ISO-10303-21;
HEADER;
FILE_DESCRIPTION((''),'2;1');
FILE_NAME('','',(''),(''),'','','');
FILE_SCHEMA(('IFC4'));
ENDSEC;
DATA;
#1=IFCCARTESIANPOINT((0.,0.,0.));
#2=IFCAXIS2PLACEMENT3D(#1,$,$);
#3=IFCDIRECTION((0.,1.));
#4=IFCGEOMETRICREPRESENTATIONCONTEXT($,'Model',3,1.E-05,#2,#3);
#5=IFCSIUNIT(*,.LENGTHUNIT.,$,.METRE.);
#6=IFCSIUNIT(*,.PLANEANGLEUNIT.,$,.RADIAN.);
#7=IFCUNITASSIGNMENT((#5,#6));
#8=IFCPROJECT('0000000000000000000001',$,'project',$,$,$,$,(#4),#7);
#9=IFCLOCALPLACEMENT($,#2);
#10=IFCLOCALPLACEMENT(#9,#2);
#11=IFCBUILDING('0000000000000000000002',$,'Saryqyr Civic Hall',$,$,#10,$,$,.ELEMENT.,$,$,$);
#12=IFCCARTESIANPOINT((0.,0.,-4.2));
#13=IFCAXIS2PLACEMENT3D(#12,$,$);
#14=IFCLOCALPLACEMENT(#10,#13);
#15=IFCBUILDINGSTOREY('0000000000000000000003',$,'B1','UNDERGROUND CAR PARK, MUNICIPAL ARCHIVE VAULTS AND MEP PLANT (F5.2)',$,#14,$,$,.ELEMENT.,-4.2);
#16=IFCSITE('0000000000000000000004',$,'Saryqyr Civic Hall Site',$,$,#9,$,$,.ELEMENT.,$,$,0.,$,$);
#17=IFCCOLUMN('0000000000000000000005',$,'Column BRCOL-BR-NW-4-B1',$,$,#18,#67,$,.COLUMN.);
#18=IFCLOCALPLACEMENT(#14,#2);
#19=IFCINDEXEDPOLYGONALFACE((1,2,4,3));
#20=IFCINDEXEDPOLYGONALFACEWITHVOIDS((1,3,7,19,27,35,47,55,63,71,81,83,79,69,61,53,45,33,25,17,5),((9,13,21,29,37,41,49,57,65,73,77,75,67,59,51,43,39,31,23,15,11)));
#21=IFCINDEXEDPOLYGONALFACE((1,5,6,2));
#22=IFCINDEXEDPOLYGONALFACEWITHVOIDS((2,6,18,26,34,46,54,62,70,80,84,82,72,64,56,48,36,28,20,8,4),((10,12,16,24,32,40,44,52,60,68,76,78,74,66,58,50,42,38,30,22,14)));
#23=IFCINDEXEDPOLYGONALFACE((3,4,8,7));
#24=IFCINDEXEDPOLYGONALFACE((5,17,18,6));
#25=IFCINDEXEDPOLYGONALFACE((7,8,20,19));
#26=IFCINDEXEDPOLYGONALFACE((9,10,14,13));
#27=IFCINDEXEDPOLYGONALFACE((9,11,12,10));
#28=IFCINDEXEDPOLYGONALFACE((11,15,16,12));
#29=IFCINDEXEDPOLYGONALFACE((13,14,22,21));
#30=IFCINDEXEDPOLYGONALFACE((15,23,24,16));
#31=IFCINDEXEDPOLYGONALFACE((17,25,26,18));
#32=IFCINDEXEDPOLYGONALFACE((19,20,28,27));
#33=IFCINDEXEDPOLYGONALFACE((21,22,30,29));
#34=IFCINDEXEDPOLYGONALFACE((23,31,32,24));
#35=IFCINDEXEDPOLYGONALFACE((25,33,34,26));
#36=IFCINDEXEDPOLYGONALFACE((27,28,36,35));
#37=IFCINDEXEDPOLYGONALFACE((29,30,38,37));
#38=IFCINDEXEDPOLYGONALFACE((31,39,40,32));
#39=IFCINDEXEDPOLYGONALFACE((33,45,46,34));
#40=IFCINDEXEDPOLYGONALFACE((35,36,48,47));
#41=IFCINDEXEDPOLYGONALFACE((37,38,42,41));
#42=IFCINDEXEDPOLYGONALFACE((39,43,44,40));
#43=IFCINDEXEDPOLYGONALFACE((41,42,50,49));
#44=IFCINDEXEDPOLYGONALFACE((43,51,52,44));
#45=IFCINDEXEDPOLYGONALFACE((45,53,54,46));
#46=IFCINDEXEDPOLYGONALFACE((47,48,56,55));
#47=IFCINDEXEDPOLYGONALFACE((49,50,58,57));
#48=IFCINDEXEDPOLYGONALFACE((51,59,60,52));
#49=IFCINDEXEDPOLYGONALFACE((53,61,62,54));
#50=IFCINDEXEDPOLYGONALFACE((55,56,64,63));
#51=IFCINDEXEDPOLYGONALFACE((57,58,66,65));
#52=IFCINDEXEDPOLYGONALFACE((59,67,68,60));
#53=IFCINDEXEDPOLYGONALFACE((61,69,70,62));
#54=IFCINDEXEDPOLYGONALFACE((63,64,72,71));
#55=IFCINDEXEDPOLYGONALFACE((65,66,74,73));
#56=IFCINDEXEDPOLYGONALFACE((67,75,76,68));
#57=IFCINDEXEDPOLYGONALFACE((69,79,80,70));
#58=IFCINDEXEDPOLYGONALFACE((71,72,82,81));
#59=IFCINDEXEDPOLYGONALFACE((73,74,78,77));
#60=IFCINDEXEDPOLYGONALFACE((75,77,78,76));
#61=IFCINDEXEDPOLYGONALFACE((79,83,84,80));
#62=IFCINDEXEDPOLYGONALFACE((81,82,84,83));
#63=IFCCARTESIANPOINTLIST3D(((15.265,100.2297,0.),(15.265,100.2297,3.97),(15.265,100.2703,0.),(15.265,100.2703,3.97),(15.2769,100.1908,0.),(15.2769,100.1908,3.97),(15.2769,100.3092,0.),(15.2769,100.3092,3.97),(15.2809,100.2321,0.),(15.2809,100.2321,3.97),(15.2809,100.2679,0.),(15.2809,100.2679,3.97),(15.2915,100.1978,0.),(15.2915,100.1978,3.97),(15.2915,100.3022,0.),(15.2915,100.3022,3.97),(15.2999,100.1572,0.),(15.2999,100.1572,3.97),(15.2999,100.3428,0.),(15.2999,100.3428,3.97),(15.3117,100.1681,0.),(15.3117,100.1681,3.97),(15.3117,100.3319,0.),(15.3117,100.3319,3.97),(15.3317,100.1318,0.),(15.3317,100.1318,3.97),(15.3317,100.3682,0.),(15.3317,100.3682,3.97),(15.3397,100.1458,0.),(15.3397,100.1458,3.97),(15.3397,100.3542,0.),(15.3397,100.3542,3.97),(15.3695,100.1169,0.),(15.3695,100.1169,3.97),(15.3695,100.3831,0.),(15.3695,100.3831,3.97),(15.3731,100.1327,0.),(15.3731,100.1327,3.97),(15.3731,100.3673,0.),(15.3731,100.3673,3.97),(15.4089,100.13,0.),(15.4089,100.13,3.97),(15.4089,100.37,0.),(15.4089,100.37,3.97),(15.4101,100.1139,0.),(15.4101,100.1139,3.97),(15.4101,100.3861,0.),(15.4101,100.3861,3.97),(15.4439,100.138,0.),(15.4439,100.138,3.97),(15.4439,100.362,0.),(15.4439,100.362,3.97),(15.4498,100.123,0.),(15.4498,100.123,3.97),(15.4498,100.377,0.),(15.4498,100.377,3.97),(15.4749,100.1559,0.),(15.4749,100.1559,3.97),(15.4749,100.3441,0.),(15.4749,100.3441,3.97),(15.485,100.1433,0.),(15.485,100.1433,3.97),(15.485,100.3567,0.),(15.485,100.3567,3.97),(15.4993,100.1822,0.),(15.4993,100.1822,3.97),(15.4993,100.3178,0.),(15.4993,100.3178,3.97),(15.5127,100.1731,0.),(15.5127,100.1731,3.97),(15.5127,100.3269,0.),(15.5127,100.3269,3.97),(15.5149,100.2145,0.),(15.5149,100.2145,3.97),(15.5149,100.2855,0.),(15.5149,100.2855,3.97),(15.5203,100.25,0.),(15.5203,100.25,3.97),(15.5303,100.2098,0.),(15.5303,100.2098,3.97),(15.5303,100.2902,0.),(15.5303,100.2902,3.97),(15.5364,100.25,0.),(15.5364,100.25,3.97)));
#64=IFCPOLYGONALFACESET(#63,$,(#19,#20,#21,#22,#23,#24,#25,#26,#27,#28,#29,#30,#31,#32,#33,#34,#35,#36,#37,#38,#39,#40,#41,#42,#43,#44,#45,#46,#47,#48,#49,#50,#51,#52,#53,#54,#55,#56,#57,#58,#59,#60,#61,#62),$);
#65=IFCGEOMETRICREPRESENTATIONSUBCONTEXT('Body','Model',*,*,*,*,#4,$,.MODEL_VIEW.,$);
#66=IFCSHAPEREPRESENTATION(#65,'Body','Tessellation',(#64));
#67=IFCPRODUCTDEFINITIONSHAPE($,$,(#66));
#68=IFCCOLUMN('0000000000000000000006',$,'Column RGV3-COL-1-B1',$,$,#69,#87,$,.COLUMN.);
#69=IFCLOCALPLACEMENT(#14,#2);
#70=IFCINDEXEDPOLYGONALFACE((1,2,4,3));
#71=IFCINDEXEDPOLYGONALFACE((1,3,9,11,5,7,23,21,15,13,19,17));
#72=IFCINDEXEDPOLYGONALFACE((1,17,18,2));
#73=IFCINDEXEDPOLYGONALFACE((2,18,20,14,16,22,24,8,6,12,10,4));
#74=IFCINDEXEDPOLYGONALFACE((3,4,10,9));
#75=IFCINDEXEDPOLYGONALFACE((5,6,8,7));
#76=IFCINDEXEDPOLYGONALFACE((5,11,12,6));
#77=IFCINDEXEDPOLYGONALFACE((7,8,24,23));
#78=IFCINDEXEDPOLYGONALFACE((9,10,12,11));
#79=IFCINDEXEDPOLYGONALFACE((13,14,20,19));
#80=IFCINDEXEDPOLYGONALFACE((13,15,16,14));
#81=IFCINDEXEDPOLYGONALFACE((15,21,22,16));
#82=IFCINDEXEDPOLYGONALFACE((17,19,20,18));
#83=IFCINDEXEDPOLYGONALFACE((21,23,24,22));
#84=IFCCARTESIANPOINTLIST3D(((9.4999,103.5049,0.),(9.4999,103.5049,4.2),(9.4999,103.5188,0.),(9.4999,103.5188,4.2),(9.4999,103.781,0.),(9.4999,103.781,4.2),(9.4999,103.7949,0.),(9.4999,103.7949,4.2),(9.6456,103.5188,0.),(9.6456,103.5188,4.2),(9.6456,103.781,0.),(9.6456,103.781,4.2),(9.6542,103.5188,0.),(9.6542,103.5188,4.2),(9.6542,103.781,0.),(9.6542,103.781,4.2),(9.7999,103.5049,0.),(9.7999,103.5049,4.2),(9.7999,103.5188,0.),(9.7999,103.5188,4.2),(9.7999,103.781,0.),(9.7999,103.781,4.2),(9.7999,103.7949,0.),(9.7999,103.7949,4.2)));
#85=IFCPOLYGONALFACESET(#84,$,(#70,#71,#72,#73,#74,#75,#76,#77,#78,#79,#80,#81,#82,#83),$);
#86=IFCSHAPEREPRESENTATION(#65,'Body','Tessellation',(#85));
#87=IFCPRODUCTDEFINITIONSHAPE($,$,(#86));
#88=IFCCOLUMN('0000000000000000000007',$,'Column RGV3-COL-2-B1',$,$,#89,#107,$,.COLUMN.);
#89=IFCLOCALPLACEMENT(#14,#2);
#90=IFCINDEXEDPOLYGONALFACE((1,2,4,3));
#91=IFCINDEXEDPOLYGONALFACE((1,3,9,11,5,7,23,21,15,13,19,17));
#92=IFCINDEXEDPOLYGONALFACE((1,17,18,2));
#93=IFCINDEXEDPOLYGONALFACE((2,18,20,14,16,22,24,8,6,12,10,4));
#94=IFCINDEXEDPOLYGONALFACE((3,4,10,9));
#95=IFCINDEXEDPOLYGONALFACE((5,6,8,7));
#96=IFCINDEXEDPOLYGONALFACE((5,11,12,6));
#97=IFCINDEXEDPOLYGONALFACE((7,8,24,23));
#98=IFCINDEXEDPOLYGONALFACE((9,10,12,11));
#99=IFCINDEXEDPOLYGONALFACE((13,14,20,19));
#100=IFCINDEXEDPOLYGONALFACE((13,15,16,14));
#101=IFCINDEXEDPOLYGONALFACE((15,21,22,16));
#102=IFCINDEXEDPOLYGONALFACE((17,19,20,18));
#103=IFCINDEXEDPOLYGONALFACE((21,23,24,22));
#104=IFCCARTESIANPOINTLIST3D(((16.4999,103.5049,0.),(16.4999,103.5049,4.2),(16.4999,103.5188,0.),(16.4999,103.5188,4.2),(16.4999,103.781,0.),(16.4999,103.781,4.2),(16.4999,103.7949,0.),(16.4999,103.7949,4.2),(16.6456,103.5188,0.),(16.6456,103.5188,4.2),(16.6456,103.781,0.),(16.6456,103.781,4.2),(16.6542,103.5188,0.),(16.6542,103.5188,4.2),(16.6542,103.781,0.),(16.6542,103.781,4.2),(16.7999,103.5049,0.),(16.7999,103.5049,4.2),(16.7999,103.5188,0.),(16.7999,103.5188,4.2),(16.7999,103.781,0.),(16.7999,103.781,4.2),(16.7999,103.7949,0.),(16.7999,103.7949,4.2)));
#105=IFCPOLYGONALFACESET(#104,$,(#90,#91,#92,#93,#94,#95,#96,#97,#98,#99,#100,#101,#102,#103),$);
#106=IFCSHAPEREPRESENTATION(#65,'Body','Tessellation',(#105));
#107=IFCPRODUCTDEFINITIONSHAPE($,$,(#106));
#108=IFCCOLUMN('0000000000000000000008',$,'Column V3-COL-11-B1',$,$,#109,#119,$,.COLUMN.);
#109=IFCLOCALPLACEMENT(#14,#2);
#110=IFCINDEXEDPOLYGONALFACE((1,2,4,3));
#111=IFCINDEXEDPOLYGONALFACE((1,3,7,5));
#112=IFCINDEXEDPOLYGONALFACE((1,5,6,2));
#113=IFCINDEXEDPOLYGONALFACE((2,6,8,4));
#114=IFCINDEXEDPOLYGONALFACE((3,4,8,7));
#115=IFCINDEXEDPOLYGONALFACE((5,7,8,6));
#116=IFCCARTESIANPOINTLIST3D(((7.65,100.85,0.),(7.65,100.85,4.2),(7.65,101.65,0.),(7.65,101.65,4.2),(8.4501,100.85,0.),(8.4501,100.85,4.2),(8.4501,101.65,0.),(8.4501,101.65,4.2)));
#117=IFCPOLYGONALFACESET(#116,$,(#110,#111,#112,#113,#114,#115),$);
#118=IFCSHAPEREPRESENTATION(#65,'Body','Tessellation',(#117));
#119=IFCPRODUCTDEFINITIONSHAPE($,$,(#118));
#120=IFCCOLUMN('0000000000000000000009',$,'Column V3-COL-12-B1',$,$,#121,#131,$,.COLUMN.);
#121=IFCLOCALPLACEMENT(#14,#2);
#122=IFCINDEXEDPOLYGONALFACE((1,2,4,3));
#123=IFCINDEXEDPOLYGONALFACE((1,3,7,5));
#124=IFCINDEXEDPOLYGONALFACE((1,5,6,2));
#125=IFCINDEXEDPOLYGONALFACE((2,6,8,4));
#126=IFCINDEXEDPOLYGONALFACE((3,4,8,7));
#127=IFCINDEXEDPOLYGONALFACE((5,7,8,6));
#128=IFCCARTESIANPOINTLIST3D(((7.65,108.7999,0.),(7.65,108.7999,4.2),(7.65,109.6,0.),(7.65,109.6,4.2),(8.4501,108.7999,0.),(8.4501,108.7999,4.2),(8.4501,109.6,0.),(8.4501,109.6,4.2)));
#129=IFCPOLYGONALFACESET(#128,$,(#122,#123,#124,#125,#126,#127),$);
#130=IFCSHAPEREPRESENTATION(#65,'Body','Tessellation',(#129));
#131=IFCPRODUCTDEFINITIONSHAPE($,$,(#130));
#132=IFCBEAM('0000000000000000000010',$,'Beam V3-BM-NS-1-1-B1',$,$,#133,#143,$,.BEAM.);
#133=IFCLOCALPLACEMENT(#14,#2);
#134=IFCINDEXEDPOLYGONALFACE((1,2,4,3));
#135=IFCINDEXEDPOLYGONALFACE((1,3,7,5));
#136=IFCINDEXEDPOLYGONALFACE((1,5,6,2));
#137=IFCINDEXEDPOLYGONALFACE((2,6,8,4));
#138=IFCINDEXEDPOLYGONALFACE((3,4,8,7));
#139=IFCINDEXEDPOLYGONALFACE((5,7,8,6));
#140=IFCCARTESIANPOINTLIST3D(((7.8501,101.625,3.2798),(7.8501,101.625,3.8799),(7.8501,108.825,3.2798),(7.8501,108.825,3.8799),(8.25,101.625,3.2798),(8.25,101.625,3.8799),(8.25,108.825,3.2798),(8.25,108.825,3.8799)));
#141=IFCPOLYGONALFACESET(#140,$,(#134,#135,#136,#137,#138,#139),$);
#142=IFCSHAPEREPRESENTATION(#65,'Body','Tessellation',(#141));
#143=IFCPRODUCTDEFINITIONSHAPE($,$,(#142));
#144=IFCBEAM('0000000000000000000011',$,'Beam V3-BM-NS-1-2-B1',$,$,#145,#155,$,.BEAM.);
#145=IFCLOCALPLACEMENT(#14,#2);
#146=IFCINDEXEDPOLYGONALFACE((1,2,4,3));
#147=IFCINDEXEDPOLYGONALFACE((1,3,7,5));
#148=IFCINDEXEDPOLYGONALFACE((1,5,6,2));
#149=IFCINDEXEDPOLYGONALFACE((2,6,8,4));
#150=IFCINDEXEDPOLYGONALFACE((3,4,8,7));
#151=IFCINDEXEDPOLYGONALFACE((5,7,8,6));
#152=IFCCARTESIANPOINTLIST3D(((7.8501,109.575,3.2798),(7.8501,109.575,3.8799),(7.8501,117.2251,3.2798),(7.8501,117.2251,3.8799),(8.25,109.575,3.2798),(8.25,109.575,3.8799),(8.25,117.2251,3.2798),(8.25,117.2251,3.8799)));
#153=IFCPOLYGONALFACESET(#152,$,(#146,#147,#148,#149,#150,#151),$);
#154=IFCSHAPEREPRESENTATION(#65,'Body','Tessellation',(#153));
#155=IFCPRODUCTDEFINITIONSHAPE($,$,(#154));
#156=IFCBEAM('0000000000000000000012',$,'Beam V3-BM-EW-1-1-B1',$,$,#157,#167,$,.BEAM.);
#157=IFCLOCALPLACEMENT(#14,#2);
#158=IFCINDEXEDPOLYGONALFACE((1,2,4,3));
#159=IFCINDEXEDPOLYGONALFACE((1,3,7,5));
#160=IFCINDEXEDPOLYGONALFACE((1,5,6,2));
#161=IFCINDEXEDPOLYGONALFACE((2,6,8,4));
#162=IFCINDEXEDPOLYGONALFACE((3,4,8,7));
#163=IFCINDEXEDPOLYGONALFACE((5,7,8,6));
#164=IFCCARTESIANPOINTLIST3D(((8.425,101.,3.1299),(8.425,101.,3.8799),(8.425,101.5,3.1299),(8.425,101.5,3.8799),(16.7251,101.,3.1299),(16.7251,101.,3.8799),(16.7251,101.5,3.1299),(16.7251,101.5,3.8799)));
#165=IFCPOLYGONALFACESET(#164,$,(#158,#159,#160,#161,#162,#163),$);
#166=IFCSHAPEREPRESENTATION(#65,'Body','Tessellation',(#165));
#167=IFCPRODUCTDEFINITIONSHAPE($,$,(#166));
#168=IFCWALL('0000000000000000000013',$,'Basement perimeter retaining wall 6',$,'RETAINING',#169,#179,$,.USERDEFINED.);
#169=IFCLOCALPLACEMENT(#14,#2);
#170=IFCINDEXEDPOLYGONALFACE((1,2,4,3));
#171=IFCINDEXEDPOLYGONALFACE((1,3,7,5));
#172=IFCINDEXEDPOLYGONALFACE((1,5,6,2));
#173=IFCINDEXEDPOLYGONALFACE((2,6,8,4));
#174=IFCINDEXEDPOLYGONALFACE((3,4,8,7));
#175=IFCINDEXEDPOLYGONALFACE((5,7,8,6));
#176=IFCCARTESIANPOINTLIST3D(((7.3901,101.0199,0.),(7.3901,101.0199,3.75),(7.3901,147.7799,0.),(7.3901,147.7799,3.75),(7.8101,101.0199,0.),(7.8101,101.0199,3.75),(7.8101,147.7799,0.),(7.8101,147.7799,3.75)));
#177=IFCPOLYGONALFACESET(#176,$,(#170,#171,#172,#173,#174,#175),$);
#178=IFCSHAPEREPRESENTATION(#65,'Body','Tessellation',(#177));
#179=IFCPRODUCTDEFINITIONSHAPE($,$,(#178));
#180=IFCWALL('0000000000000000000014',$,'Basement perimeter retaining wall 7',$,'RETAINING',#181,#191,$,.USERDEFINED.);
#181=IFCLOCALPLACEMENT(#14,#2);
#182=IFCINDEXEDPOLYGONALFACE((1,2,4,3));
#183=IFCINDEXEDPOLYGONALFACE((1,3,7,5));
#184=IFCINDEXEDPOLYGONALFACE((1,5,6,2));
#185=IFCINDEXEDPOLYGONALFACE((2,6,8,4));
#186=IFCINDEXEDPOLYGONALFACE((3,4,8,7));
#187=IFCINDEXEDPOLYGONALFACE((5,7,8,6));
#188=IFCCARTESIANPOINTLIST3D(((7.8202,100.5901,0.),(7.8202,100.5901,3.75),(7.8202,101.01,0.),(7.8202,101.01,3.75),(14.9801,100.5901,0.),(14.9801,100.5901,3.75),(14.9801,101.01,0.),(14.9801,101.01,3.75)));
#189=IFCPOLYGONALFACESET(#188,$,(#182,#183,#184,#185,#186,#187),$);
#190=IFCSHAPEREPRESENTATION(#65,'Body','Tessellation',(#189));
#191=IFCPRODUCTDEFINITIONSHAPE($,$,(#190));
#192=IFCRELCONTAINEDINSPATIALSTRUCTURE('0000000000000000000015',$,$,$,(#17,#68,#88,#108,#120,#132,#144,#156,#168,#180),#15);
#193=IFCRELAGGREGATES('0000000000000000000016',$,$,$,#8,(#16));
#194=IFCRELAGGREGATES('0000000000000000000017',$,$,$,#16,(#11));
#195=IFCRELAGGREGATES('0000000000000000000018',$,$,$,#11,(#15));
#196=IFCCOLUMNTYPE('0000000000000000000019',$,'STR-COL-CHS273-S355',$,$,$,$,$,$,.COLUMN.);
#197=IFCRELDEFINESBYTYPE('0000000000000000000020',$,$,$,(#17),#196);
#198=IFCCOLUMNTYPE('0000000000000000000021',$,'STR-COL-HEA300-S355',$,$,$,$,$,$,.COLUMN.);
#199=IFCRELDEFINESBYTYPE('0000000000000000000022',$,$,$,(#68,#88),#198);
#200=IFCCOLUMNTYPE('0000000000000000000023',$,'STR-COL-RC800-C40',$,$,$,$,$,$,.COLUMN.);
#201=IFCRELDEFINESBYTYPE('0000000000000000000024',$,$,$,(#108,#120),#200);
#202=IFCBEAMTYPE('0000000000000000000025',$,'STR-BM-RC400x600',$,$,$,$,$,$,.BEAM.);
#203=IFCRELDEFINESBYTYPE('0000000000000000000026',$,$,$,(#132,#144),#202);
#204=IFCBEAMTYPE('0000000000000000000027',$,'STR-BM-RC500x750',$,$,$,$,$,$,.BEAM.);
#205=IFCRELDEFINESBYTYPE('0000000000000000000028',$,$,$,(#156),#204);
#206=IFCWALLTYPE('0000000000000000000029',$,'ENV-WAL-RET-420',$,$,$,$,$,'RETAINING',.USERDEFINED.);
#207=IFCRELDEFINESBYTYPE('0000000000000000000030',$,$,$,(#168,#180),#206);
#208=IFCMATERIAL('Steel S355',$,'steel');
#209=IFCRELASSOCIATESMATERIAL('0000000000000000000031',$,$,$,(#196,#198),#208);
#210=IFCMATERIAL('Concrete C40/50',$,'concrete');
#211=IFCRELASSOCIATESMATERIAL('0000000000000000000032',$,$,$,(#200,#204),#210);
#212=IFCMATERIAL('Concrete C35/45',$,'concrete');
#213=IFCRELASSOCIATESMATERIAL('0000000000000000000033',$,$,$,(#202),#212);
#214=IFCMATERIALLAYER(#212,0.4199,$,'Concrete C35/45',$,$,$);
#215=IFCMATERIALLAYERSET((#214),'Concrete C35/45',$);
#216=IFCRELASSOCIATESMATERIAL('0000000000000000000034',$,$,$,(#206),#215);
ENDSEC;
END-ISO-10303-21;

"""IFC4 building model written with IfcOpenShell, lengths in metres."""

from ifc_helpers import new_model, si_unit, direction, frame, frame_2d, origin, origin_2d, place, context, subcontext, project, spatial, rectangle, hollow_circle, i_section, extrude, material, layer, layer_set, material_profile, profile_set, type_object, element, save


model = new_model("IFC4")

# Units and contexts
model_context = context("Model", 3, precision=1e-05, world=origin(), true_north=direction((0.0, 1.0)))
body_context = subcontext(model_context, "Body", "Model", "MODEL_VIEW")
ifc_project = project(units=[si_unit("LENGTHUNIT", "METRE"), si_unit("PLANEANGLEUNIT", "RADIAN")], contexts=[model_context])

# Site, building, storey
site_placement = place(None, origin())
site = spatial("IfcSite", under=ifc_project, at=site_placement, Name="Saryqyr Civic Hall Site", CompositionType="ELEMENT", RefElevation=0.0)
building_placement = place(site_placement, origin())
building = spatial("IfcBuilding", under=site, at=building_placement, Name="Saryqyr Civic Hall", CompositionType="ELEMENT")
storey_placement = place(building_placement, frame((0.0, 0.0, -4.2)))
storey = spatial("IfcBuildingStorey", under=building, at=storey_placement, Name="B1", Description="UNDERGROUND CAR PARK, MUNICIPAL ARCHIVE VAULTS AND MEP PLANT (F5.2)", CompositionType="ELEMENT", Elevation=-4.2)

# Shared definitions
ifc_material_1 = material(Name="Concrete C35/45", Category="concrete")

# Columns
ifc_material_2 = material(Name="Steel S355", Category="steel")
ifc_material_profile_1 = material_profile(ifc_material_2, hollow_circle(Radius=0.1365, WallThickness=0.0161, at=origin_2d()), Name="CHS 273x16")
ifc_profile_set_1 = profile_set([ifc_material_profile_1], Name="Steel S355")
column_type_1 = type_object("IfcColumnType", Name="STR-COL-CHS273-S355", PredefinedType="COLUMN", material=ifc_profile_set_1)
column_placement = place(storey_placement, frame((15.3999, 100.25, 0.0), z_axis=(0.0, 0.0, 1.0), x_axis=(1.0, 0.0, 0.0)))
element("IfcColumn", 1, at=column_placement, inside=storey, type_object=column_type_1, Name="Column BRCOL-BR-NW-4-B1", PredefinedType="COLUMN", context=body_context, shape_type="SweptSolid", body=[
    extrude(hollow_circle(Radius=0.1365, WallThickness=0.0161, at=origin_2d()), origin(), (0.0, 0.0, 1.0), 3.97),
])
ifc_material_profile_2 = material_profile(ifc_material_2, i_section(OverallWidth=0.3, OverallDepth=0.29, WebThickness=0.0085, FlangeThickness=0.0139, at=origin_2d()), Name="HEA 300")
ifc_profile_set_2 = profile_set([ifc_material_profile_2], Name="Steel S355")
column_type_2 = type_object("IfcColumnType", Name="STR-COL-HEA300-S355", PredefinedType="COLUMN", material=ifc_profile_set_2)
for number, where, z_axis, x_axis, name in (
    (2, (9.6499, 103.6499, 0.0), (0.0, 0.0, 1.0), (1.0, 0.0, 0.0), "Column RGV3-COL-1-B1"),
    (3, (16.6499, 103.6499, 0.0), (0.0, 0.0, 1.0), (1.0, 0.0, 0.0), "Column RGV3-COL-2-B1"),
):
    element("IfcColumn", number, at=place(storey_placement, frame(where, z_axis=z_axis, x_axis=x_axis)), inside=storey, type_object=column_type_2, Name=name, PredefinedType="COLUMN", context=body_context, shape_type="SweptSolid", body=[
        extrude(i_section(OverallWidth=0.3, OverallDepth=0.29, WebThickness=0.0085, FlangeThickness=0.0139, at=origin_2d()), origin(), (0.0, 0.0, 1.0), 4.2),
    ])
ifc_material_3 = material(Name="Concrete C40/50", Category="concrete")
ifc_material_profile_3 = material_profile(ifc_material_3, rectangle(XDim=0.8, YDim=0.8, at=origin_2d()), Name="RC 800x800")
ifc_profile_set_3 = profile_set([ifc_material_profile_3], Name="Concrete C40/50")
column_type_3 = type_object("IfcColumnType", Name="STR-COL-RC800-C40", PredefinedType="COLUMN", material=ifc_profile_set_3)
for number, where, z_axis, x_axis, name in (
    (4, (8.05, 101.25, 0.0), (0.0, 0.0, 1.0), (1.0, 0.0, 0.0), "Column V3-COL-11-B1"),
    (5, (8.05, 109.2, 0.0), (0.0, 0.0, 1.0), (1.0, 0.0, 0.0), "Column V3-COL-12-B1"),
):
    element("IfcColumn", number, at=place(storey_placement, frame(where, z_axis=z_axis, x_axis=x_axis)), inside=storey, type_object=column_type_3, Name=name, PredefinedType="COLUMN", context=body_context, shape_type="SweptSolid", body=[
        extrude(rectangle(XDim=0.8, YDim=0.8, at=origin_2d()), origin(), (0.0, 0.0, 1.0), 4.2),
    ])

# Beams
ifc_material_profile_4 = material_profile(ifc_material_1, rectangle(XDim=0.3999, YDim=0.6001, at=origin_2d()), Name="RC 400x600")
ifc_profile_set_4 = profile_set([ifc_material_profile_4], Name="Concrete C35/45")
beam_type_1 = type_object("IfcBeamType", Name="STR-BM-RC400x600", PredefinedType="BEAM", material=ifc_profile_set_4)
beam_1_placement = place(storey_placement, frame((8.05, 101.625, 3.5798), z_axis=(0.0, 1.0, 0.0), x_axis=(-1.0, 0.0, 0.0)))
element("IfcBeam", 6, at=beam_1_placement, inside=storey, type_object=beam_type_1, Name="Beam V3-BM-NS-1-1-B1", PredefinedType="BEAM", context=body_context, shape_type="SweptSolid", body=[
    extrude(rectangle(XDim=0.3999, YDim=0.6001, at=origin_2d()), origin(), (0.0, 0.0, 1.0), 7.2),
])
beam_2_placement = place(storey_placement, frame((8.05, 109.575, 3.5798), z_axis=(0.0, 1.0, 0.0), x_axis=(-1.0, 0.0, 0.0)))
element("IfcBeam", 7, at=beam_2_placement, inside=storey, type_object=beam_type_1, Name="Beam V3-BM-NS-1-2-B1", PredefinedType="BEAM", context=body_context, shape_type="SweptSolid", body=[
    extrude(rectangle(XDim=0.3999, YDim=0.6001, at=origin_2d()), origin(), (0.0, 0.0, 1.0), 7.6501),
])
ifc_material_profile_5 = material_profile(ifc_material_3, rectangle(XDim=0.5, YDim=0.75, at=origin_2d()), Name="RC 500x750")
ifc_profile_set_5 = profile_set([ifc_material_profile_5], Name="Concrete C40/50")
beam_type_2 = type_object("IfcBeamType", Name="STR-BM-RC500x750", PredefinedType="BEAM", material=ifc_profile_set_5)
beam_3_placement = place(storey_placement, frame((8.425, 101.25, 3.5049), z_axis=(1.0, 0.0, 0.0), x_axis=(0.0, 1.0, 0.0)))
element("IfcBeam", 8, at=beam_3_placement, inside=storey, type_object=beam_type_2, Name="Beam V3-BM-EW-1-1-B1", PredefinedType="BEAM", context=body_context, shape_type="SweptSolid", body=[
    extrude(rectangle(XDim=0.5, YDim=0.75, at=origin_2d()), origin(), (0.0, 0.0, 1.0), 8.3),
])

# Walls
ifc_layer_1 = layer(ifc_material_1, 0.4199, Name="Concrete C35/45")
ifc_layer_set_1 = layer_set([ifc_layer_1], Name="Concrete C35/45")
wall_type_1 = type_object("IfcWallType", Name="ENV-WAL-RET-420", ElementType="RETAINING", PredefinedType="USERDEFINED", material=ifc_layer_set_1)
wall_1_placement = place(storey_placement, frame((7.6001, 101.02, 0.0), z_axis=(0.0, 0.0, 1.0), x_axis=(0.0, 1.0, 0.0)))
element("IfcWall", 9, at=wall_1_placement, inside=storey, type_object=wall_type_1, Name="Basement perimeter retaining wall 6", ObjectType="RETAINING", PredefinedType="USERDEFINED", context=body_context, shape_type="SweptSolid", body=[
    extrude(rectangle(XDim=46.76, YDim=0.4199, at=frame_2d((23.3799, 0.0))), origin(), (0.0, 0.0, 1.0), 3.75),
])
wall_2_placement = place(storey_placement, frame((7.8201, 100.8, 0.0), z_axis=(0.0, 0.0, 1.0), x_axis=(1.0, 0.0, 0.0)))
element("IfcWall", 10, at=wall_2_placement, inside=storey, type_object=wall_type_1, Name="Basement perimeter retaining wall 7", ObjectType="RETAINING", PredefinedType="USERDEFINED", context=body_context, shape_type="SweptSolid", body=[
    extrude(rectangle(XDim=7.1599, YDim=0.4199, at=frame_2d((3.5801, 0.0))), origin(), (0.0, 0.0, 1.0), 3.75),
])

save(model, "model.ifc")
